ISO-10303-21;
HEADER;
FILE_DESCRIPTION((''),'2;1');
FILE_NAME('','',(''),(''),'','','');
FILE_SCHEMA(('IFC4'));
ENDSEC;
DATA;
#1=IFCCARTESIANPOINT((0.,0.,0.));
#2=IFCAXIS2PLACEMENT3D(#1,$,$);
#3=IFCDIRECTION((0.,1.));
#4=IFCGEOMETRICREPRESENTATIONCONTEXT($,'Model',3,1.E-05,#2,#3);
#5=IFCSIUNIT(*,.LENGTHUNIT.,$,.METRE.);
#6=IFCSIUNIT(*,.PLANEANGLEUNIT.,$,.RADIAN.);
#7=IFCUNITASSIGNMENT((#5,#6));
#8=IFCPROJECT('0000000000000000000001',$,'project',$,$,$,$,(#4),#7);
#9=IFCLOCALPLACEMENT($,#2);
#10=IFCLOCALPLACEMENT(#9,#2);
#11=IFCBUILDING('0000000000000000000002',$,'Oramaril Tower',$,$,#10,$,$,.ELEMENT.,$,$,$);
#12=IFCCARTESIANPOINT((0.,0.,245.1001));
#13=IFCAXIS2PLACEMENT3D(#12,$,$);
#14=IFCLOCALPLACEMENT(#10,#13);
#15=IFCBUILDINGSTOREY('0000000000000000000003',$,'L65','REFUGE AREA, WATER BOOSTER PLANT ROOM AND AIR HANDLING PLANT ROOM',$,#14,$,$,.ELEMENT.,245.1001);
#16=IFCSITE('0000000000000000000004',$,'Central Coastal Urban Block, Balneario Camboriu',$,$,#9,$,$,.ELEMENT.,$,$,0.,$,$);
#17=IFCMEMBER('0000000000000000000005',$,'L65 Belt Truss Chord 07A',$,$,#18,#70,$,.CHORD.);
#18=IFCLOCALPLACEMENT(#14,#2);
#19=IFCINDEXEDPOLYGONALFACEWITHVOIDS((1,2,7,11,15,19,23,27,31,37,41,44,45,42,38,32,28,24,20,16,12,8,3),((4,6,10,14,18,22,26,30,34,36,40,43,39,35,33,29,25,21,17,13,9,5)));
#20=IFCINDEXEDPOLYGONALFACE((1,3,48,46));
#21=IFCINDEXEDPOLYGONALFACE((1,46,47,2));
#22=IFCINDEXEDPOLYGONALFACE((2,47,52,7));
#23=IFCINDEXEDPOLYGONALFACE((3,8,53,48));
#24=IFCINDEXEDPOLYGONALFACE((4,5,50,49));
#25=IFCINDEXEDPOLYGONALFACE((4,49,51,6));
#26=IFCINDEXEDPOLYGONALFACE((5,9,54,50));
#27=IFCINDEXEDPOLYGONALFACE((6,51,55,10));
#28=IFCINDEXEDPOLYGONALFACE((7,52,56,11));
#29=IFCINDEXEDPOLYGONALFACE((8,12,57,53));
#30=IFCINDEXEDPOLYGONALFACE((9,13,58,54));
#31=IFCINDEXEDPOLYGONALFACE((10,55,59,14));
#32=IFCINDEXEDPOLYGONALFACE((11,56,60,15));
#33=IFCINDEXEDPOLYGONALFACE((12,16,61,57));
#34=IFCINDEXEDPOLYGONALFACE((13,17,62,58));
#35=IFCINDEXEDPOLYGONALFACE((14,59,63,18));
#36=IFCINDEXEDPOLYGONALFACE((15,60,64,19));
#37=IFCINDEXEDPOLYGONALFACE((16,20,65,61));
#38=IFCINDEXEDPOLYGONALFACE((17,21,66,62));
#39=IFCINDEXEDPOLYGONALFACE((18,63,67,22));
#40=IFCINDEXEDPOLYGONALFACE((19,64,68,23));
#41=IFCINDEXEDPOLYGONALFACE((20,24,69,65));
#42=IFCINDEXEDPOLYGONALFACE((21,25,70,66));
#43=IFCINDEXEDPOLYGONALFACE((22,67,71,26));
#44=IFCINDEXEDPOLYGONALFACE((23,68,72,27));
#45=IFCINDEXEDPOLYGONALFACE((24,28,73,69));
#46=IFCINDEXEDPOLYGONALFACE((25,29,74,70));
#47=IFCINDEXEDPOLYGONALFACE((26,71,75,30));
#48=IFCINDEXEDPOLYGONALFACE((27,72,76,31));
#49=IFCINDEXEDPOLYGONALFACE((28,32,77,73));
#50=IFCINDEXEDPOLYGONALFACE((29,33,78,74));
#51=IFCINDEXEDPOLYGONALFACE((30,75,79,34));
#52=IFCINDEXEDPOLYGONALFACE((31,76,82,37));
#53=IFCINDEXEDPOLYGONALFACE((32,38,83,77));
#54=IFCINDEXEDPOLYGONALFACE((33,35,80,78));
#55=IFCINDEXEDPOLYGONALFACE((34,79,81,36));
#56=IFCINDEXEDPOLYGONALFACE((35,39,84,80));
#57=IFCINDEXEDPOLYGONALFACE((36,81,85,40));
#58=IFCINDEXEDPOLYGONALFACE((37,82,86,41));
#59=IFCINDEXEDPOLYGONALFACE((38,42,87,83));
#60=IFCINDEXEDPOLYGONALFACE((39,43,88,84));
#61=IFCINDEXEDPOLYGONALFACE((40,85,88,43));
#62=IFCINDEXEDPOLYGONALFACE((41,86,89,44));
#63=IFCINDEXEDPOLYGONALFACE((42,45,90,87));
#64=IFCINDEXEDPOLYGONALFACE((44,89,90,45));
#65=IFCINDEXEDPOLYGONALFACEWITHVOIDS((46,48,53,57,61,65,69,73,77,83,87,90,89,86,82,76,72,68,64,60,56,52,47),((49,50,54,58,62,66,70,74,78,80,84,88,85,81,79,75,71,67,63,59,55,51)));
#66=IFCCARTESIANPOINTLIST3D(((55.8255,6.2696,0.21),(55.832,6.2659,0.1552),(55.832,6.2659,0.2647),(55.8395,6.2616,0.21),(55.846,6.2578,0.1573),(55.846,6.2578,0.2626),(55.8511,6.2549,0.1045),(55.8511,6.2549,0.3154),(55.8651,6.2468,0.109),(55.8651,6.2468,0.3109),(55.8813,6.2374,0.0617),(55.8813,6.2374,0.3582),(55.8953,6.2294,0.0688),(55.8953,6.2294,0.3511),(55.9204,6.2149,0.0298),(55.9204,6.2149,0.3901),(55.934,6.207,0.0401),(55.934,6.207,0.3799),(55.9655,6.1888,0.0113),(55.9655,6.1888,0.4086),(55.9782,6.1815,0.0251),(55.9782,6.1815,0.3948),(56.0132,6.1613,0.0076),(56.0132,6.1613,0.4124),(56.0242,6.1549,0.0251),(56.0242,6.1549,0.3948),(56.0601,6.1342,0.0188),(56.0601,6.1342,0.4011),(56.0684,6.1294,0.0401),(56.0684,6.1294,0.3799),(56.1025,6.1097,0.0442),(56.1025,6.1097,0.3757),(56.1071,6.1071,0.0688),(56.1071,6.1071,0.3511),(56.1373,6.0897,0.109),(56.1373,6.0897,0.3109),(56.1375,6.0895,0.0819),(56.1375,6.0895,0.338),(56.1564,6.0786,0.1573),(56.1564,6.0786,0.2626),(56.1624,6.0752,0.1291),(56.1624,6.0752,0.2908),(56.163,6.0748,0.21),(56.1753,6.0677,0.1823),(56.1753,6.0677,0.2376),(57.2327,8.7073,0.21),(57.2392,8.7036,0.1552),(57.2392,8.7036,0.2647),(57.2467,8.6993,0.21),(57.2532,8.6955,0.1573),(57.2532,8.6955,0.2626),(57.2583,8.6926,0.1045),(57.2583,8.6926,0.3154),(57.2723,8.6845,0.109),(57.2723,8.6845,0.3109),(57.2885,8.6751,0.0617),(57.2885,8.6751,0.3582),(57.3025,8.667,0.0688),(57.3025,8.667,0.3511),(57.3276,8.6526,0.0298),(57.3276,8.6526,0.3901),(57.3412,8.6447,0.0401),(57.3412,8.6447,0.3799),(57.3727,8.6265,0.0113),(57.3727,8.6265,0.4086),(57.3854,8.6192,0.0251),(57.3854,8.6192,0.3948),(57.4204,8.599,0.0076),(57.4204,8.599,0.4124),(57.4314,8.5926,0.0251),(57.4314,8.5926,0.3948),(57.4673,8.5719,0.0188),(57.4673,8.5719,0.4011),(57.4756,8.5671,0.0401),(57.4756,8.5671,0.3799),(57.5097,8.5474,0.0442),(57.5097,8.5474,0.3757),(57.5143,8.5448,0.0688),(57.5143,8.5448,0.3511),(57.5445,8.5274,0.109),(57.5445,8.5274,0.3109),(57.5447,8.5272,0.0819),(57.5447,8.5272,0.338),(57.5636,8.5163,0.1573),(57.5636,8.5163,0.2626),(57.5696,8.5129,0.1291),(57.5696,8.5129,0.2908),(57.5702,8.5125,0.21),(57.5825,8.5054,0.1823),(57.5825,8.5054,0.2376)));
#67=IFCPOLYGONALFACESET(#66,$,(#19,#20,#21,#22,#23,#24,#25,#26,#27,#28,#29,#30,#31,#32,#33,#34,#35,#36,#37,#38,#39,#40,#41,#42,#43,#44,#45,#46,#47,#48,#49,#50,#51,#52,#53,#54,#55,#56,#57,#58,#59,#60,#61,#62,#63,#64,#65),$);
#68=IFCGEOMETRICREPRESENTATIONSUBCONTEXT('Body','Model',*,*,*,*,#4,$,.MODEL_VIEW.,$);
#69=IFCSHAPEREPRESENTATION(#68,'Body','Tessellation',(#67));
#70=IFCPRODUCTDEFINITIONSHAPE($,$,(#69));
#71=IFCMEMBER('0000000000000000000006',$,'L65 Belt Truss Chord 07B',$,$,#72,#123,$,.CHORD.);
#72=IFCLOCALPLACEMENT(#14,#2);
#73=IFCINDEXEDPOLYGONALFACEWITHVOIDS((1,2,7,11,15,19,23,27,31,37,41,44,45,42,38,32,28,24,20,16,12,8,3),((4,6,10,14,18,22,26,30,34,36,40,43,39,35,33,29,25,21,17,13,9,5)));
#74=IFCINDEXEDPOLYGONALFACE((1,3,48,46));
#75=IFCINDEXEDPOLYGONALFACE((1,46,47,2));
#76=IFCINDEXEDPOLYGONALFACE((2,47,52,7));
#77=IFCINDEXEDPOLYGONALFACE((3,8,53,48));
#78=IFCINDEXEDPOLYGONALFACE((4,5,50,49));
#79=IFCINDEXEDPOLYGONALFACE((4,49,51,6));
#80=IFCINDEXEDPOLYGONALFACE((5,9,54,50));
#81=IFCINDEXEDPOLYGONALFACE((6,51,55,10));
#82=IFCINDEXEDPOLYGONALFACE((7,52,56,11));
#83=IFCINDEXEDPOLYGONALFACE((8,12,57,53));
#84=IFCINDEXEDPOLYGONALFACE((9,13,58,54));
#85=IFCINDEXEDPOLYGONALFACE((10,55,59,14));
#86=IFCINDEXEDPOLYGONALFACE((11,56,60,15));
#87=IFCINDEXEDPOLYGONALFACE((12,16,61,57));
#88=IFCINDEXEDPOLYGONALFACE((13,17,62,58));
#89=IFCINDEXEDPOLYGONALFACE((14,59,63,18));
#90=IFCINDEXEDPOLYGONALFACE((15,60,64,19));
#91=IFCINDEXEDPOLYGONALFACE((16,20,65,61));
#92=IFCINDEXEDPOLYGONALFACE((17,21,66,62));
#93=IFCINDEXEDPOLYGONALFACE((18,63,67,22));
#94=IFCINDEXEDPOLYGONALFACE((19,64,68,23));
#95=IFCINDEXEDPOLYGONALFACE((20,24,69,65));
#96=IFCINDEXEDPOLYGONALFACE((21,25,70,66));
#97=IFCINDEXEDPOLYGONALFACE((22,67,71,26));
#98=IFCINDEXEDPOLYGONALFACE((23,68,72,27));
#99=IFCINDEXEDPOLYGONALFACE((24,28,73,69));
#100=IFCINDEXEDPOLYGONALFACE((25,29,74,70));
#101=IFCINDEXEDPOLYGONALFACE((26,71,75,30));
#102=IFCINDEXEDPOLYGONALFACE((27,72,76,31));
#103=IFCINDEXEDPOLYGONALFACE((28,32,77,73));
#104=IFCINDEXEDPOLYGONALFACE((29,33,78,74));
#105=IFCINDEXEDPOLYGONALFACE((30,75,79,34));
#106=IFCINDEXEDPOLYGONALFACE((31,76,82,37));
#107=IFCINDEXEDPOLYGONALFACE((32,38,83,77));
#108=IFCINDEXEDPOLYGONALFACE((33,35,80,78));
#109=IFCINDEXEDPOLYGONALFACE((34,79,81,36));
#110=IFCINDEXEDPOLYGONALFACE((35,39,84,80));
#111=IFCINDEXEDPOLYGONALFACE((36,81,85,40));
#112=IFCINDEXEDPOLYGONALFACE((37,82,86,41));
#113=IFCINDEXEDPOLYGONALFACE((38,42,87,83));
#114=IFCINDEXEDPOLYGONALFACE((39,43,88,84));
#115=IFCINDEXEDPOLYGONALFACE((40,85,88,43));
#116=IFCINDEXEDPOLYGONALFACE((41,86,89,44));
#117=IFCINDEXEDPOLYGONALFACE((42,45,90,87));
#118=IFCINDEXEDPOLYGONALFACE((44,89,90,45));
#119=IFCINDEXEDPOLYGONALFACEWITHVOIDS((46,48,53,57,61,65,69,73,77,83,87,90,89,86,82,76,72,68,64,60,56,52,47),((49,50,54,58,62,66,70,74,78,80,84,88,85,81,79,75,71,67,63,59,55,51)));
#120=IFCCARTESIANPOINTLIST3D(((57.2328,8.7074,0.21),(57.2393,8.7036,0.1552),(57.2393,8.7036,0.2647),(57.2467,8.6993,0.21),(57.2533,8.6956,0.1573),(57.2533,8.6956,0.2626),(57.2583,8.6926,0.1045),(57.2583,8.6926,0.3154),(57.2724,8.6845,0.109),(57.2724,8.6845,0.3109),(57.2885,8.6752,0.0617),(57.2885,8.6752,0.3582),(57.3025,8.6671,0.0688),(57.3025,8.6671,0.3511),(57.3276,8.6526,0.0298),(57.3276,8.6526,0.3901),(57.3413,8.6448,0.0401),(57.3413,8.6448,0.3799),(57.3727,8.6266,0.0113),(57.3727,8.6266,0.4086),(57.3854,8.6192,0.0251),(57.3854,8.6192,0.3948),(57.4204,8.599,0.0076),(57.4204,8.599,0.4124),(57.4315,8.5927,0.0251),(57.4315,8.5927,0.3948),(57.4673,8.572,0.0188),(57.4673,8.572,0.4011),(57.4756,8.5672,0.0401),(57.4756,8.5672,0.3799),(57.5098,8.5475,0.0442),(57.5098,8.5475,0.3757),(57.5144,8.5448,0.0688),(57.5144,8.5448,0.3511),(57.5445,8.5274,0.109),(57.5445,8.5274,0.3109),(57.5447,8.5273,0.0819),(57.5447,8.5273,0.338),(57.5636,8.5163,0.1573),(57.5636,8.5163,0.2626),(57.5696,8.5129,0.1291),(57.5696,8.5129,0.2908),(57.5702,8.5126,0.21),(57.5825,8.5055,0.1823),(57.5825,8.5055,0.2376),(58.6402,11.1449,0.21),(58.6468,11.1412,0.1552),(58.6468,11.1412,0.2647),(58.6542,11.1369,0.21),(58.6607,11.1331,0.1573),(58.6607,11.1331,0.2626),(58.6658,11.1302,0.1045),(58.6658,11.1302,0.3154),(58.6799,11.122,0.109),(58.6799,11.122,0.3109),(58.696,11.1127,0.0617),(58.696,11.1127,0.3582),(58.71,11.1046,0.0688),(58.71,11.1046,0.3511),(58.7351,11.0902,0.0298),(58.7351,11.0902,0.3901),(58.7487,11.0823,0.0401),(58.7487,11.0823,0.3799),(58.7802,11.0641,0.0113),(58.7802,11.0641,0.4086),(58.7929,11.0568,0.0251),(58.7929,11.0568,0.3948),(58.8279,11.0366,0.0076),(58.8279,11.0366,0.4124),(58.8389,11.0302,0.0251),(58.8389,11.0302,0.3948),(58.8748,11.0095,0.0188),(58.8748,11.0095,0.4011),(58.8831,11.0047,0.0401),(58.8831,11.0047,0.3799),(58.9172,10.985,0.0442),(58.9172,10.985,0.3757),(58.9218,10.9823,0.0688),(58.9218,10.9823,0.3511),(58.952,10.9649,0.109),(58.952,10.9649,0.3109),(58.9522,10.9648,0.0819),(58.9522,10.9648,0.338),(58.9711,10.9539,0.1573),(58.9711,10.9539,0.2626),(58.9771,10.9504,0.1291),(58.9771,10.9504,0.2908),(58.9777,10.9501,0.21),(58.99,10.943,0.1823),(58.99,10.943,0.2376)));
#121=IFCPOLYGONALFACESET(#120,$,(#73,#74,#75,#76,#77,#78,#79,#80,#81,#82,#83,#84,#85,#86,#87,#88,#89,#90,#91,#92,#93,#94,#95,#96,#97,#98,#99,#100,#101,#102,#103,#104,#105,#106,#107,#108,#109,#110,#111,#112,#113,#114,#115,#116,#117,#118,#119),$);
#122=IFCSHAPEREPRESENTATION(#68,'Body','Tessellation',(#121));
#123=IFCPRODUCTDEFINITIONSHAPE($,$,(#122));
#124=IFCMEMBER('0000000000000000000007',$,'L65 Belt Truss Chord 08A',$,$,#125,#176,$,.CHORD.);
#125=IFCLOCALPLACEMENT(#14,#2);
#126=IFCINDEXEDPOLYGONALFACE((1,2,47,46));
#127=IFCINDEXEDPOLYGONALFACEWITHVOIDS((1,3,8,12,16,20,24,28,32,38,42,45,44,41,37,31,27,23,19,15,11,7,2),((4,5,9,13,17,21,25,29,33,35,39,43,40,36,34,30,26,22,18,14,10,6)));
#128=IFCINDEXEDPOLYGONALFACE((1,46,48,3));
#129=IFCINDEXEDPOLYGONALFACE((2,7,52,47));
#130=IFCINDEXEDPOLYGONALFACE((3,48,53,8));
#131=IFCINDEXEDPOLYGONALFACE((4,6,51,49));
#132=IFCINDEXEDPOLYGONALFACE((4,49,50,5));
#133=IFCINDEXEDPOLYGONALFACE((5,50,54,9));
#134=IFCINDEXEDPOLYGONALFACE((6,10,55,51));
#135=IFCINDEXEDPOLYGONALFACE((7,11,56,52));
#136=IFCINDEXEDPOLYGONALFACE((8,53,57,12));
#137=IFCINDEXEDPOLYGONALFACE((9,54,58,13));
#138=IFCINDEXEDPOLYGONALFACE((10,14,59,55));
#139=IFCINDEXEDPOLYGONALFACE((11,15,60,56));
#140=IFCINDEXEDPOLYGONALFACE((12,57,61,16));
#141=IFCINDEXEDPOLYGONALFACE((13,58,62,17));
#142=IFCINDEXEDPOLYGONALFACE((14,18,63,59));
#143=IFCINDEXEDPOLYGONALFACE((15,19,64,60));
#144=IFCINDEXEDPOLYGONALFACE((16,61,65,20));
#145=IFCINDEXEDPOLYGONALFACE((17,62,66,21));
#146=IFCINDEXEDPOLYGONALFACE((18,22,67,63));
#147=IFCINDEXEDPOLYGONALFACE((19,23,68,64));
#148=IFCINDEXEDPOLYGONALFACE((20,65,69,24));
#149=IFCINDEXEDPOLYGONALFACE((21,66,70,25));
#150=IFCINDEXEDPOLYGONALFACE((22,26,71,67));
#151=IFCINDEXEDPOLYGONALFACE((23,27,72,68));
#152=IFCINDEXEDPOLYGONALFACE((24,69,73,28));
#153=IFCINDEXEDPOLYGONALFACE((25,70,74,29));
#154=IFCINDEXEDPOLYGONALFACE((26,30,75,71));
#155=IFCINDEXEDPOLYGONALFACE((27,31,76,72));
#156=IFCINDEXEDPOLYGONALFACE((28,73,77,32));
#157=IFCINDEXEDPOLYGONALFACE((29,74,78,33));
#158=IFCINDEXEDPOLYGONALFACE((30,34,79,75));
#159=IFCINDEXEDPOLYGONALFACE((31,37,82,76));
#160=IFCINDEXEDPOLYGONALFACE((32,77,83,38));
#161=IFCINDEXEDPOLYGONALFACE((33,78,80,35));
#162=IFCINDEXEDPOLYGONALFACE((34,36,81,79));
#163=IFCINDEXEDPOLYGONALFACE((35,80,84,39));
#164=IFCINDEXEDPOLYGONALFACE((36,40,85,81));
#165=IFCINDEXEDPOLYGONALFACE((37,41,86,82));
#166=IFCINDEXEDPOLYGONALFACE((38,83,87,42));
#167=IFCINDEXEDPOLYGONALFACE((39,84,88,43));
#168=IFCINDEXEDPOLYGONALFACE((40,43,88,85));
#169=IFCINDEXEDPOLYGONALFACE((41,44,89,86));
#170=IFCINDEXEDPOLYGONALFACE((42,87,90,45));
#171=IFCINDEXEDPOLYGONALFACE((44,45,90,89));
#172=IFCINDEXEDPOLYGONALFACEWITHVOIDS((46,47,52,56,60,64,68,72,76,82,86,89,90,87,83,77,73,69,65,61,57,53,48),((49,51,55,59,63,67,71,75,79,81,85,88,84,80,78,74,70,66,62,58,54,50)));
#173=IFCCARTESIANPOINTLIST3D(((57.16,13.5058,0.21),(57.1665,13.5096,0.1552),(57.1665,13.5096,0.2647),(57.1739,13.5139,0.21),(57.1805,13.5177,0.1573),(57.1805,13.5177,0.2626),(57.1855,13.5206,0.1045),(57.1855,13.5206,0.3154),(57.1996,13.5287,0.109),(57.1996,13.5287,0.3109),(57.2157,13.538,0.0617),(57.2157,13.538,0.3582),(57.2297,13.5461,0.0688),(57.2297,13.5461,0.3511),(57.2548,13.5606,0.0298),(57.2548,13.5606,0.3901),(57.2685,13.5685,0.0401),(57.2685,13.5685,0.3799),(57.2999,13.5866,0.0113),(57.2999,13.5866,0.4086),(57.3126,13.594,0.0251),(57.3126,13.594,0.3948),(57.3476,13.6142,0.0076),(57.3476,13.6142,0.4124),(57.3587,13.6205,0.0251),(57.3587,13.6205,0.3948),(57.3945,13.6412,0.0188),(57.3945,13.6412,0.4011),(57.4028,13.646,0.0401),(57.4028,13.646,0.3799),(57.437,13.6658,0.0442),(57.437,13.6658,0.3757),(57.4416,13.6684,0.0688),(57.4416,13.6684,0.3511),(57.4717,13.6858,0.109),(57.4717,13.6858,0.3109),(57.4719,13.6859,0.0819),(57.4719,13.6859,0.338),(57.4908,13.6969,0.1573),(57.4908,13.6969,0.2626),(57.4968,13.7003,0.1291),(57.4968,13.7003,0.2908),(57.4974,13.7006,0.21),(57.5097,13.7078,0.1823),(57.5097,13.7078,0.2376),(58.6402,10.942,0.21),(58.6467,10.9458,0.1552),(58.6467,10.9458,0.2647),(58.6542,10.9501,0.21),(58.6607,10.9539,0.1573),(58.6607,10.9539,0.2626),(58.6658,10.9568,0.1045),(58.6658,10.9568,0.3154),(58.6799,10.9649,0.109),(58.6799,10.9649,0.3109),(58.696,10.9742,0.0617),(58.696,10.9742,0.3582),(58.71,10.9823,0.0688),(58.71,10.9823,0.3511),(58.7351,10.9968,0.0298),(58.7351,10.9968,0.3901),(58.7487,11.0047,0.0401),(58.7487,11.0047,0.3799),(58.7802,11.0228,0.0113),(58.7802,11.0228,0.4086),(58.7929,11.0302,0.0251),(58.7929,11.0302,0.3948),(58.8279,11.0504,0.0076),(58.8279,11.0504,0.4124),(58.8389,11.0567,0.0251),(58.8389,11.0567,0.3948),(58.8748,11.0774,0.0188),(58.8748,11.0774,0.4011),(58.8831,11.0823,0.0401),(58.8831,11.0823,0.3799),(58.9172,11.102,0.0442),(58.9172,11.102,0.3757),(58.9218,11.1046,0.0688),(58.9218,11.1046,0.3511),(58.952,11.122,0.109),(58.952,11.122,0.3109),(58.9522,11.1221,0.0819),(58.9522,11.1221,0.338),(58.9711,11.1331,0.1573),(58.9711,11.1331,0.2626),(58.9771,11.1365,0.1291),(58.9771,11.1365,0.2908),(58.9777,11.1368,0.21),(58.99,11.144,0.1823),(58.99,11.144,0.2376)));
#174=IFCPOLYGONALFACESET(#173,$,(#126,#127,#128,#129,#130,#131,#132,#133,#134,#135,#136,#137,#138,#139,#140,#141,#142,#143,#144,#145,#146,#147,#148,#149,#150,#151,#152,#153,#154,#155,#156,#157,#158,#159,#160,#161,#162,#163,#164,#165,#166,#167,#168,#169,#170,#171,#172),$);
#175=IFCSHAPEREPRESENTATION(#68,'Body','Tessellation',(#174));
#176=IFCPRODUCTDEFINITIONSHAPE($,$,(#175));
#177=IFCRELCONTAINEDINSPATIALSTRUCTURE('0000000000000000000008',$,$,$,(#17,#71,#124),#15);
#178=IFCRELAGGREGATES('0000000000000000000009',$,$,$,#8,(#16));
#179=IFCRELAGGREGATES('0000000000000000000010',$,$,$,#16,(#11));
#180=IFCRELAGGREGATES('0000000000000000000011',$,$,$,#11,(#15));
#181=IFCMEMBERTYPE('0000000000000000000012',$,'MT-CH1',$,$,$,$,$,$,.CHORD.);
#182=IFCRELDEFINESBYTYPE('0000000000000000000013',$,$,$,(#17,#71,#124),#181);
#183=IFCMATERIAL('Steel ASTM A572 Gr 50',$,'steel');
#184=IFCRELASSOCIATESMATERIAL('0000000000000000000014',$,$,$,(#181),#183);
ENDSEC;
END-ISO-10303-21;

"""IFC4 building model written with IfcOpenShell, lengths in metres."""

from ifc_helpers import new_model, si_unit, direction, frame, origin, origin_2d, place, context, subcontext, project, spatial, hollow_circle, extrude, material, material_profile, profile_set, type_object, element, save


model = new_model("IFC4")

# Units and contexts
model_context = context("Model", 3, precision=1e-05, world=origin(), true_north=direction((0.0, 1.0)))
body_context = subcontext(model_context, "Body", "Model", "MODEL_VIEW")
ifc_project = project(units=[si_unit("LENGTHUNIT", "METRE"), si_unit("PLANEANGLEUNIT", "RADIAN")], contexts=[model_context])

# Site, building, storey
site_placement = place(None, origin())
site = spatial("IfcSite", under=ifc_project, at=site_placement, Name="Central Coastal Urban Block, Balneario Camboriu", CompositionType="ELEMENT", RefElevation=0.0)
building_placement = place(site_placement, origin())
building = spatial("IfcBuilding", under=site, at=building_placement, Name="Oramaril Tower", CompositionType="ELEMENT")
storey_placement = place(building_placement, frame((0.0, 0.0, 245.1001)))
storey = spatial("IfcBuildingStorey", under=building, at=storey_placement, Name="L65", Description="REFUGE AREA, WATER BOOSTER PLANT ROOM AND AIR HANDLING PLANT ROOM", CompositionType="ELEMENT", Elevation=245.1001)

# Members
ifc_material_1 = material(Name="Steel ASTM A572 Gr 50", Category="steel")
ifc_material_profile_1 = material_profile(ifc_material_1, hollow_circle(Radius=0.2029, WallThickness=0.0161, at=origin_2d()), Name="CHS406X16")
ifc_profile_set_1 = profile_set([ifc_material_profile_1], Name="Steel ASTM A572 Gr 50")
member_type_1 = type_object("IfcMemberType", Name="MT-CH1", PredefinedType="CHORD", material=ifc_profile_set_1)
for number, where, z_axis, x_axis, name in (
    (1, (56.0012, 6.1682, 0.21), (0.499945, 0.866057, 0.0), (-0.866057, 0.499945, 0.0), "L65 Belt Truss Chord 07A"),
    (2, (57.4084, 8.606, 0.21), (0.500048, 0.865998, 0.0), (-0.865998, 0.500048, 0.0), "L65 Belt Truss Chord 07B"),
):
    element("IfcMember", number, at=place(storey_placement, frame(where, z_axis=z_axis, x_axis=x_axis)), inside=storey, type_object=member_type_1, Name=name, PredefinedType="CHORD", context=body_context, shape_type="SweptSolid", body=[
        extrude(hollow_circle(Radius=0.2029, WallThickness=0.0161, at=origin_2d()), origin(), (0.0, 0.0, 1.0), 2.8147),
    ])
member_1_placement = place(storey_placement, frame((58.8159, 11.0435, 0.21), z_axis=(-0.500015, 0.866017, 0.0), x_axis=(-0.866017, -0.500015, 0.0)))
element("IfcMember", 3, at=member_1_placement, inside=storey, type_object=member_type_1, Name="L65 Belt Truss Chord 08A", PredefinedType="CHORD", context=body_context, shape_type="SweptSolid", body=[
    extrude(hollow_circle(Radius=0.2029, WallThickness=0.0161, at=origin_2d()), origin(), (0.0, 0.0, 1.0), 2.9604),
])

save(model, "model.ifc")
